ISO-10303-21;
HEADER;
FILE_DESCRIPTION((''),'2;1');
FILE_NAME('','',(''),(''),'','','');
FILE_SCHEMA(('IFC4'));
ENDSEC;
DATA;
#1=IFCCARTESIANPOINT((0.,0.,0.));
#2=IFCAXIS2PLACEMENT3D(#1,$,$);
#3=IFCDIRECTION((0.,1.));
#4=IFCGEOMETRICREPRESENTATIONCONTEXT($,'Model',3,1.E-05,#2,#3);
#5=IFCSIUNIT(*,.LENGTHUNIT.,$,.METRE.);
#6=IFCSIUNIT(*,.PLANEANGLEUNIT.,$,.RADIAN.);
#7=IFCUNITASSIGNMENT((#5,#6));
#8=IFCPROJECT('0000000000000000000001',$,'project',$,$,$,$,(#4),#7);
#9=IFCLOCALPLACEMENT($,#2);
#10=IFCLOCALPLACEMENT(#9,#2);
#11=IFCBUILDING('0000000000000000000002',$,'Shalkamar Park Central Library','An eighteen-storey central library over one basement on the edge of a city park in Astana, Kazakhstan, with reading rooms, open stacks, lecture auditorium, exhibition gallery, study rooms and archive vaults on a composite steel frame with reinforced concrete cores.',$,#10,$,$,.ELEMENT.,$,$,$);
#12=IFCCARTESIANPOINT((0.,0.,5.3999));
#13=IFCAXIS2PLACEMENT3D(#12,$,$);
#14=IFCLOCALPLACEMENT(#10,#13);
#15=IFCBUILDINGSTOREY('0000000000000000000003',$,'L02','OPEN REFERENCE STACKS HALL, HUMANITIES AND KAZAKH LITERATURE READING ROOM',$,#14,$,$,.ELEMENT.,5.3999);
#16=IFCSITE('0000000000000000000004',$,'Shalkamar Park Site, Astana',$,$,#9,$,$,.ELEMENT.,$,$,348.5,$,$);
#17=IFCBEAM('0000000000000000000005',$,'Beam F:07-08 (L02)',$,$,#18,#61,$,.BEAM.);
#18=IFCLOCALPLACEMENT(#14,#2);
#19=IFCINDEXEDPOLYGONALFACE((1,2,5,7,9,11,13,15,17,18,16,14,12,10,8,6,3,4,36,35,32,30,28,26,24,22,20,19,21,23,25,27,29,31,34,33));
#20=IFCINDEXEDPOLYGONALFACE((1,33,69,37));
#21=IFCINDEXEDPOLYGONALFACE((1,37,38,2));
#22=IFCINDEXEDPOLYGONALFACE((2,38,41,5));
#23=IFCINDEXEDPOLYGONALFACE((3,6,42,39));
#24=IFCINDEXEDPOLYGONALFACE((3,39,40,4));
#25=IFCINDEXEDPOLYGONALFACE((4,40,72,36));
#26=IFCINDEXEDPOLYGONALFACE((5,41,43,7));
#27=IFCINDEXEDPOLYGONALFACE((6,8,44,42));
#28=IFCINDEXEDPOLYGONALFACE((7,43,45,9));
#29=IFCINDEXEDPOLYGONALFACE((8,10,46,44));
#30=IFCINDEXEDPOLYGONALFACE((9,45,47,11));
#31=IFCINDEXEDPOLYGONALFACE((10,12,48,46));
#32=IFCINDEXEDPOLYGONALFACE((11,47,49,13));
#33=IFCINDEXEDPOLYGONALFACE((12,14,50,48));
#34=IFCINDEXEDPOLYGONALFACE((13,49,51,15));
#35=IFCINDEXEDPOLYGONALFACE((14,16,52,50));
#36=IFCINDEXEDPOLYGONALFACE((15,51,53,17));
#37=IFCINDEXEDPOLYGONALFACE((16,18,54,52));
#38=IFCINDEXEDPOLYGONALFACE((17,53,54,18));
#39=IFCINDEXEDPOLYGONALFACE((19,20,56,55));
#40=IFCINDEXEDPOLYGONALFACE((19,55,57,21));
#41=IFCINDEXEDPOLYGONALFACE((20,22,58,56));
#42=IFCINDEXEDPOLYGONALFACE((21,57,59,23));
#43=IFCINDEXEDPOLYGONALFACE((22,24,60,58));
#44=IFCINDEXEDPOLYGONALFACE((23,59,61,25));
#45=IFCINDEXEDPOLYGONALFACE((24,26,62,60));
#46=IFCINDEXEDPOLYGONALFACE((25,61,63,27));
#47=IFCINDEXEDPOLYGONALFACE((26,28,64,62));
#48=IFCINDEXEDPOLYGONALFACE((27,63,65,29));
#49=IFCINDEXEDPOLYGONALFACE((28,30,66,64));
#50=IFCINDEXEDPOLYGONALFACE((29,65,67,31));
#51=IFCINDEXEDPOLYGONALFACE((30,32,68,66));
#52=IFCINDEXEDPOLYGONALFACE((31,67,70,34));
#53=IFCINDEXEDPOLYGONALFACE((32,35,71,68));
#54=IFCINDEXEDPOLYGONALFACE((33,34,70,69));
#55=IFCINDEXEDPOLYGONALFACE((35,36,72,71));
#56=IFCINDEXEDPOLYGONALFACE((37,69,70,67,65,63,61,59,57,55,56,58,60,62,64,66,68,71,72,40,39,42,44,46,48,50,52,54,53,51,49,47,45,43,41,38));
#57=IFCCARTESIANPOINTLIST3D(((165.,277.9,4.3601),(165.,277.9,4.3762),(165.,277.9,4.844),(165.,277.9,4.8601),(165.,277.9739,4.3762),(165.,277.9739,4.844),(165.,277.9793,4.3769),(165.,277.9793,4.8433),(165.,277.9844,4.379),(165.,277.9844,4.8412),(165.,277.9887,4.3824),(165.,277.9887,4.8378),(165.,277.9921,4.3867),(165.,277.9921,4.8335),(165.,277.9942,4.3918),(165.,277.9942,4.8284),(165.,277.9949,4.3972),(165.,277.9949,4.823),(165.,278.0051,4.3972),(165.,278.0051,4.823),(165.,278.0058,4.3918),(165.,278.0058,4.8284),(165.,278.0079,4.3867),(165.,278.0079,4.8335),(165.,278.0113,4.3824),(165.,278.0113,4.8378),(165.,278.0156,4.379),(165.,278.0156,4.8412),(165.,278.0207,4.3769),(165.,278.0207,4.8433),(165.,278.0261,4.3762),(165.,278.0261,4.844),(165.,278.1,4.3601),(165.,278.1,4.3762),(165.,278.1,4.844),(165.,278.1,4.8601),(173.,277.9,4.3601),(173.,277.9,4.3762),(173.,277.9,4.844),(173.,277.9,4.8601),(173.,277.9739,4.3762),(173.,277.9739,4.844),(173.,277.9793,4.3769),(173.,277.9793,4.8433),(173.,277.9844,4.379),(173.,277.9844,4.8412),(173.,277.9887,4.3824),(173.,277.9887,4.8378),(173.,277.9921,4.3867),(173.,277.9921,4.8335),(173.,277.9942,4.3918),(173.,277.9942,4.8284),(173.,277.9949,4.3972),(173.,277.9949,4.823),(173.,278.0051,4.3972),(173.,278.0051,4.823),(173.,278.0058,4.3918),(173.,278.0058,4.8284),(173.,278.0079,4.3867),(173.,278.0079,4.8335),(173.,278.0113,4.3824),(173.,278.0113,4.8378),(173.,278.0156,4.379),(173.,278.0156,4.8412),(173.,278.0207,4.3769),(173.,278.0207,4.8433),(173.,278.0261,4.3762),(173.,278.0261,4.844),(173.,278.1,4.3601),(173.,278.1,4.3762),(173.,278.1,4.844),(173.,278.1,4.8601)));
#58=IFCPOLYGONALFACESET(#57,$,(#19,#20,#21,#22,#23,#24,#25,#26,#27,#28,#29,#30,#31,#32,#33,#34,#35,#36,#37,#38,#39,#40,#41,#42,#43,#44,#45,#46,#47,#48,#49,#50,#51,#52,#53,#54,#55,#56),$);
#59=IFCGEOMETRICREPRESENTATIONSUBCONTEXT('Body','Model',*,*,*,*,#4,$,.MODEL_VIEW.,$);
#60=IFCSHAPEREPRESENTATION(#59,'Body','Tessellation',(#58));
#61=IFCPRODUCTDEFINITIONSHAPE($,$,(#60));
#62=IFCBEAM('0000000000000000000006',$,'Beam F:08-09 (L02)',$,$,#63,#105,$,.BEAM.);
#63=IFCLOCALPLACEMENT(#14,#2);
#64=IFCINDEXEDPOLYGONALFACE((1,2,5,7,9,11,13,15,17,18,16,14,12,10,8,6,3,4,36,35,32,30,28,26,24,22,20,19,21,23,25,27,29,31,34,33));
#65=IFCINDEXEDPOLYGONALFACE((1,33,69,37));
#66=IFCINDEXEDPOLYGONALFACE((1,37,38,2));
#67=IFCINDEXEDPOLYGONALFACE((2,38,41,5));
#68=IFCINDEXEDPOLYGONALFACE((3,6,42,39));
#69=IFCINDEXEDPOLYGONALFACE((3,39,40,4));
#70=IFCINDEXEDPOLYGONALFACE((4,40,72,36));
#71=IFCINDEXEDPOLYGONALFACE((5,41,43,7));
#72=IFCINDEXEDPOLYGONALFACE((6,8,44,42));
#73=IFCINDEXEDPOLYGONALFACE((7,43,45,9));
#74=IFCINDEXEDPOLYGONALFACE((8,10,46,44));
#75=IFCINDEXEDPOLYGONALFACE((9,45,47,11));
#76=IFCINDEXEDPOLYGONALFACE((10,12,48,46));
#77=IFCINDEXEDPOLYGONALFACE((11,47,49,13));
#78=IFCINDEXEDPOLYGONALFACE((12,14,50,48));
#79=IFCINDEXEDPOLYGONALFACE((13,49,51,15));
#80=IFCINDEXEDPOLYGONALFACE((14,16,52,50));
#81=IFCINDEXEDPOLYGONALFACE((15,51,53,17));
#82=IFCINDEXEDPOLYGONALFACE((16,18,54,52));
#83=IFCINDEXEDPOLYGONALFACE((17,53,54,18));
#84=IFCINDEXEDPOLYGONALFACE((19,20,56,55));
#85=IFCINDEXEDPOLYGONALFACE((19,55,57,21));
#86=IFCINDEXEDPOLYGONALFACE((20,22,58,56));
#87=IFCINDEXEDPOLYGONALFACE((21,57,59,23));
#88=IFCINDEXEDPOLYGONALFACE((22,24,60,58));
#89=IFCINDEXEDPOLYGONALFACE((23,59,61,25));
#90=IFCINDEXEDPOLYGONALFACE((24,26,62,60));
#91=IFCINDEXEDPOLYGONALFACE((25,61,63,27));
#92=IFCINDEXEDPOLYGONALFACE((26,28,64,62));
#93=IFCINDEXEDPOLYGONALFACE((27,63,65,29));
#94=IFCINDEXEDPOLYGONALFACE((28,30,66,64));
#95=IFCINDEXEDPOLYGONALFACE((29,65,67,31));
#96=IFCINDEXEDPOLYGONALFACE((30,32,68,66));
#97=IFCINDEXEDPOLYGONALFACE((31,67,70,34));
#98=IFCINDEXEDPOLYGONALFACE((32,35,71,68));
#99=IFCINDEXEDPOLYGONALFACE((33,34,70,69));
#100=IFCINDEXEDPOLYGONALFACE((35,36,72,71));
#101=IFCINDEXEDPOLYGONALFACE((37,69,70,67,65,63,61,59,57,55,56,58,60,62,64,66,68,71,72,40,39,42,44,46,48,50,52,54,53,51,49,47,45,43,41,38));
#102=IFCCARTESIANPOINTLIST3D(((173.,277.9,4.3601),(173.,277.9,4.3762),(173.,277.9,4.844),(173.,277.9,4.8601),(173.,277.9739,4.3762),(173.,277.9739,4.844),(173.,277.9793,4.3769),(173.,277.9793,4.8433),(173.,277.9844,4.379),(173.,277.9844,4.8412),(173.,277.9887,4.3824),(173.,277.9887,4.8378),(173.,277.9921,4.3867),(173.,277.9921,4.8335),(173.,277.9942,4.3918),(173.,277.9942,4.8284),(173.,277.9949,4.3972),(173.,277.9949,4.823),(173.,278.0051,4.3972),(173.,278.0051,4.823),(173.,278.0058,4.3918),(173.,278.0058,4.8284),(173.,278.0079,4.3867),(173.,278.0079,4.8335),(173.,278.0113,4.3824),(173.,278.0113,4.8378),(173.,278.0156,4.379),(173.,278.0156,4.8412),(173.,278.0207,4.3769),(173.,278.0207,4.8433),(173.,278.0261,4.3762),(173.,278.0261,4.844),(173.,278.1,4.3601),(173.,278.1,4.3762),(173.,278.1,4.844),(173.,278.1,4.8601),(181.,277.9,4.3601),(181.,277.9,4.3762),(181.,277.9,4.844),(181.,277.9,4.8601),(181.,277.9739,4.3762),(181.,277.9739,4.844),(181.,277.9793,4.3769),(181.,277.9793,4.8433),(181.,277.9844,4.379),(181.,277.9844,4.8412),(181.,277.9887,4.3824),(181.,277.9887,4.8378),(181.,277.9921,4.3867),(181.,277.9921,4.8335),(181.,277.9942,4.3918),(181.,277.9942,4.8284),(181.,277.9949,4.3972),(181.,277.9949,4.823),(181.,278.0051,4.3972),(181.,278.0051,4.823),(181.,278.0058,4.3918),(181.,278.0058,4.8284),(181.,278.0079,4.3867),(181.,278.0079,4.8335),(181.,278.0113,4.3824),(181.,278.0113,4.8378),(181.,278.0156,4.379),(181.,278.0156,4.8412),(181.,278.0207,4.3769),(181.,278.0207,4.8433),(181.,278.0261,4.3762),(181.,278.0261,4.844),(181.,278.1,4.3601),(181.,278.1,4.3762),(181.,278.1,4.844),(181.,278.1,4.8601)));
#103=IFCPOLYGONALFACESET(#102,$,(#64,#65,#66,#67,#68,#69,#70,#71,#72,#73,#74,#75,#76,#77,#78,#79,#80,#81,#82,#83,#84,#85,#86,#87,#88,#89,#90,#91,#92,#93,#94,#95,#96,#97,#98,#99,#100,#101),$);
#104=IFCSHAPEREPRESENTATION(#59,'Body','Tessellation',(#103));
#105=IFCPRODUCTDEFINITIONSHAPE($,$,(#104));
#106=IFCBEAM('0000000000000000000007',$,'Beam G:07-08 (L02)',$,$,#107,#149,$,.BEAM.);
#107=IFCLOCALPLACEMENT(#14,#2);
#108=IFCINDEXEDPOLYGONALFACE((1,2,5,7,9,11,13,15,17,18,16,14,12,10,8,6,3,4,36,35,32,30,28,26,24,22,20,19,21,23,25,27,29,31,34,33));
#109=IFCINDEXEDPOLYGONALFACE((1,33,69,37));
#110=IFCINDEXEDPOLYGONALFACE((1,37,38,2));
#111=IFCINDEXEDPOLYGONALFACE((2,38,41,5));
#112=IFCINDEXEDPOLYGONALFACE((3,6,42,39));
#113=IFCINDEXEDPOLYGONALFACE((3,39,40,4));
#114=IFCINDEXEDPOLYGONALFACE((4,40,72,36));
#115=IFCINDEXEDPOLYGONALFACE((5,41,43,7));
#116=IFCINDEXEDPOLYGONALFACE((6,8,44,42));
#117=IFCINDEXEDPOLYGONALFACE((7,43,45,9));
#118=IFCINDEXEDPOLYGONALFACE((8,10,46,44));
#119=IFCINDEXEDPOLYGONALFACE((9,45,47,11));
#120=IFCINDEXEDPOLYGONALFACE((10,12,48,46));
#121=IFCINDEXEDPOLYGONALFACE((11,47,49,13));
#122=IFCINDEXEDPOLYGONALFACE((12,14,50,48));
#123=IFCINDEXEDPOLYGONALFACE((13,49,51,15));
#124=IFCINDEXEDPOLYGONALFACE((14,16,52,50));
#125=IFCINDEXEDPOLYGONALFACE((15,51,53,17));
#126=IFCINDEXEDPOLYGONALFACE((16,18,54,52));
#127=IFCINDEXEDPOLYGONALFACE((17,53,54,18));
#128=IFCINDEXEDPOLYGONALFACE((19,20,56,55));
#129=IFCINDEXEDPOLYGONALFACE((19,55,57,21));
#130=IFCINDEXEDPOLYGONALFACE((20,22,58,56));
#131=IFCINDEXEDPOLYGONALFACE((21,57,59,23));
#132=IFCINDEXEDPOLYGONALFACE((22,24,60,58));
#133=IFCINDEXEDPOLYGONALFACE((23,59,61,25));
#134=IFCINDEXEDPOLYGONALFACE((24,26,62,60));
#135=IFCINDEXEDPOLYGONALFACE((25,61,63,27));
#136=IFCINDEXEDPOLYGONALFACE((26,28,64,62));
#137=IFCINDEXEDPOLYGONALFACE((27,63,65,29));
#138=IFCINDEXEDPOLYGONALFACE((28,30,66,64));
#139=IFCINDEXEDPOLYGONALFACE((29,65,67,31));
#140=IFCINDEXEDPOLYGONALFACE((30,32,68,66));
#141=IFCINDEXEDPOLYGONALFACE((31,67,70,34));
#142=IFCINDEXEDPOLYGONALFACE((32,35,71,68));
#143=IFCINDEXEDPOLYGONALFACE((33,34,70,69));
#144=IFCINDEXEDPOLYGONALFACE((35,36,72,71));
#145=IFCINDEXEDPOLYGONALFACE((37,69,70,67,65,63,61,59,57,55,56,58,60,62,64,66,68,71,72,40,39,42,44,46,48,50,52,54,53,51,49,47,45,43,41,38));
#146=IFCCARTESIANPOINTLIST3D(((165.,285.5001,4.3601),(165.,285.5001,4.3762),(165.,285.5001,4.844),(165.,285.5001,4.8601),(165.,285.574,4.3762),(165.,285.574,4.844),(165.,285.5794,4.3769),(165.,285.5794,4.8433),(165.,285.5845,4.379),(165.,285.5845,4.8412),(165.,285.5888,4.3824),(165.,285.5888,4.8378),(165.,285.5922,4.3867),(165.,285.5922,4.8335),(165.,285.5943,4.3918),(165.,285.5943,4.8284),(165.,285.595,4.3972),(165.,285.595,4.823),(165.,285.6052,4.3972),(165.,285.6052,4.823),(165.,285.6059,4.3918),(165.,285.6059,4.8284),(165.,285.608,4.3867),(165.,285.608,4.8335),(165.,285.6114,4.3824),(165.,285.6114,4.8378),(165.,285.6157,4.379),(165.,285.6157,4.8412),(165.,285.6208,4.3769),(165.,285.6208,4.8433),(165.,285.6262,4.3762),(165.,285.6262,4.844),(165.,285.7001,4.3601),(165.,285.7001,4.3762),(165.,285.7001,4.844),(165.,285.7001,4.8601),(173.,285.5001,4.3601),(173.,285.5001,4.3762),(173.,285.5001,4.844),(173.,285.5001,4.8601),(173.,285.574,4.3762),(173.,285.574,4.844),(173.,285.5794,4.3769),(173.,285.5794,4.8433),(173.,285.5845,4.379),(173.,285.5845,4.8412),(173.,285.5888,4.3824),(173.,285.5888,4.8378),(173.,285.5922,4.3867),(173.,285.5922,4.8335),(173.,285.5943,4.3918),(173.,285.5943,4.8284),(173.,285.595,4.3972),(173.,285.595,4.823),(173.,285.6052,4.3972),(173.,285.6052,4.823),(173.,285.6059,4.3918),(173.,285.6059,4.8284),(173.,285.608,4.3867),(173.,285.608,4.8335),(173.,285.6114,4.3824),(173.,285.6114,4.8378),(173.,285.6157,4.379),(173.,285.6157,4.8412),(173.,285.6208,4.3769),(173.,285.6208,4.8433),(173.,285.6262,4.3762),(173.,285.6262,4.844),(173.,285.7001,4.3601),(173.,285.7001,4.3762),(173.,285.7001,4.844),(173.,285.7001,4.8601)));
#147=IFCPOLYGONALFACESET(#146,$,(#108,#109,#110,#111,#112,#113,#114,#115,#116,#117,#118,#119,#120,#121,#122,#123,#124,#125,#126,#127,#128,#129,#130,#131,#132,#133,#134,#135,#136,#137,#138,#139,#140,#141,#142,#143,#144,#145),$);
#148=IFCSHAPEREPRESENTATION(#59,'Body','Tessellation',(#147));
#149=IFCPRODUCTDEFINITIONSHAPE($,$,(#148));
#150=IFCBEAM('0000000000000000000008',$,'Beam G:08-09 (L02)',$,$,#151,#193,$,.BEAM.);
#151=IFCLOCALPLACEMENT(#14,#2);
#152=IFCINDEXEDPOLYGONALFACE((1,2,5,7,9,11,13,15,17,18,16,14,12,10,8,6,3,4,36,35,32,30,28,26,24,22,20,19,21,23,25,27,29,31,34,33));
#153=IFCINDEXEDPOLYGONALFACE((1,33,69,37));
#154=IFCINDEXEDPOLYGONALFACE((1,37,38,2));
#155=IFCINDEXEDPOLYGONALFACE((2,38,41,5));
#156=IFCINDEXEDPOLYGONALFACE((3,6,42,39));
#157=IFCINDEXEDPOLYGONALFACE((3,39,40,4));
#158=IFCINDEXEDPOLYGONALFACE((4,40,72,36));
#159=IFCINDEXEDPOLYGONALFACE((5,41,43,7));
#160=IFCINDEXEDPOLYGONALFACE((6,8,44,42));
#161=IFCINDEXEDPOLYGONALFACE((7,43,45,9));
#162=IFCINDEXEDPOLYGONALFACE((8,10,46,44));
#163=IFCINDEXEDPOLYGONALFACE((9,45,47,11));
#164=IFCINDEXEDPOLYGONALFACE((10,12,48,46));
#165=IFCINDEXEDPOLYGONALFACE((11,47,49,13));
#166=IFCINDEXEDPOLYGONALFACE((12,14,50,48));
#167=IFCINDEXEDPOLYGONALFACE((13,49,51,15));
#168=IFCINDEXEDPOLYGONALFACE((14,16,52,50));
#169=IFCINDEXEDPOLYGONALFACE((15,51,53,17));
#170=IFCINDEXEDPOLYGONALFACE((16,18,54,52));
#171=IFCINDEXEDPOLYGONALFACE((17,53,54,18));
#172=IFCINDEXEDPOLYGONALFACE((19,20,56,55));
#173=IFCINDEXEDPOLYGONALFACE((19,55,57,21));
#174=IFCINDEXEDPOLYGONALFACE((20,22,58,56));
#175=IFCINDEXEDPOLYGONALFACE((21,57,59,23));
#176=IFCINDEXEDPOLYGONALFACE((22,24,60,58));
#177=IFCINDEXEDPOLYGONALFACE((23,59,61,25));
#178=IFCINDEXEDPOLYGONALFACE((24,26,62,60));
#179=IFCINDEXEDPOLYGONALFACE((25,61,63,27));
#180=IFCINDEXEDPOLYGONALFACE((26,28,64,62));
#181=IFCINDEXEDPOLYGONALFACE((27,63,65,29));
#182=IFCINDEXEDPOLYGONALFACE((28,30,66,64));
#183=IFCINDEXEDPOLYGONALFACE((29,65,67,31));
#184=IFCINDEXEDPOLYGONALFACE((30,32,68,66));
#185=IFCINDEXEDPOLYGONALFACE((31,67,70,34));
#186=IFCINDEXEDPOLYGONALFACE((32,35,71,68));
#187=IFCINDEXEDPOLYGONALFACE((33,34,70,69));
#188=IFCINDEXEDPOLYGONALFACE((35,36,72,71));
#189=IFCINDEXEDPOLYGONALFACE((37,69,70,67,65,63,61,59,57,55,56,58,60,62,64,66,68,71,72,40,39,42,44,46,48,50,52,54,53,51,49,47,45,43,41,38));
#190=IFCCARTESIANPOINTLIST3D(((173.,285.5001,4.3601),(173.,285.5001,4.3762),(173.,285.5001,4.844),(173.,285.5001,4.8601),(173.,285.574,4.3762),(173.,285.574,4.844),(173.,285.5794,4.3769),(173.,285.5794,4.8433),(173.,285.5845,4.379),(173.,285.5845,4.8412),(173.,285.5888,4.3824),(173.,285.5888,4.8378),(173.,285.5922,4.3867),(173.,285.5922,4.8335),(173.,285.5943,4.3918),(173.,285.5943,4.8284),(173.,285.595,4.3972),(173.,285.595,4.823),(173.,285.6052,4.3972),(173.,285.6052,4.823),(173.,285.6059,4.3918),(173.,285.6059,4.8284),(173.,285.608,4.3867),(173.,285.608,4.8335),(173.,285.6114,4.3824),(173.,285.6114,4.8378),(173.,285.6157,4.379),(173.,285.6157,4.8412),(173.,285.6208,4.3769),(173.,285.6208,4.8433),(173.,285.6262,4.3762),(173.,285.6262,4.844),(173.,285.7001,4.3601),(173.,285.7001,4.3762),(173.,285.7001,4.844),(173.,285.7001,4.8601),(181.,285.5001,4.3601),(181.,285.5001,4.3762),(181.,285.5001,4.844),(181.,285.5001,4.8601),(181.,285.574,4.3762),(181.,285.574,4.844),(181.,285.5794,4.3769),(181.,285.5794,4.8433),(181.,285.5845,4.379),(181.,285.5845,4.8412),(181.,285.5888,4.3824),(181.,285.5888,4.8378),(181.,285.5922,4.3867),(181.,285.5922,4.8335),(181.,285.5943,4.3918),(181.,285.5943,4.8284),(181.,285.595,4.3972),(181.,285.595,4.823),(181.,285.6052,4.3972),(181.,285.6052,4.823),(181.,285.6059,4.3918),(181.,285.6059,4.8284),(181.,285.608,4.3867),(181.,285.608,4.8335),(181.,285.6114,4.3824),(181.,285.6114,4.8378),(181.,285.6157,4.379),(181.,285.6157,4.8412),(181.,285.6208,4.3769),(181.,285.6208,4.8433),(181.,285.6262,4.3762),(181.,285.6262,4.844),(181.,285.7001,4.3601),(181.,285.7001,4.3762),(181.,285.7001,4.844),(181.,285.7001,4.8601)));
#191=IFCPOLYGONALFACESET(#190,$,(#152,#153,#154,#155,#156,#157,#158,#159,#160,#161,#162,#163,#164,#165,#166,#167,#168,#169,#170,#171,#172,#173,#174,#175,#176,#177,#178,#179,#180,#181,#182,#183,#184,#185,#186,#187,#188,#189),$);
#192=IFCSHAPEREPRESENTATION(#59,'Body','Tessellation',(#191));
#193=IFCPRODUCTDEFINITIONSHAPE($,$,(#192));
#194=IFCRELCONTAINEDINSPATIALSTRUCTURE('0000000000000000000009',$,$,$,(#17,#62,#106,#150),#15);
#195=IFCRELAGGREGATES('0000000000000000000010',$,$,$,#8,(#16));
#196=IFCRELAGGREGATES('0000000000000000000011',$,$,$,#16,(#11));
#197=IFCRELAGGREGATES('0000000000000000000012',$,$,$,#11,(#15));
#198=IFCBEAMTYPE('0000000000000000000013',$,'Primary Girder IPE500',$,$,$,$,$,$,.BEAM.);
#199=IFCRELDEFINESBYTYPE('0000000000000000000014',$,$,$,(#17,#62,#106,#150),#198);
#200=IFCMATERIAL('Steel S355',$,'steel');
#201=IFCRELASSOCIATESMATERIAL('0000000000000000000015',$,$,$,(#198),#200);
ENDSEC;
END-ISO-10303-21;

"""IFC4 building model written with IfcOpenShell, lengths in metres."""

from ifc_helpers import new_model, si_unit, direction, frame, origin, origin_2d, place, context, subcontext, project, spatial, i_section, extrude, material, material_profile, profile_set, type_object, element, save


model = new_model("IFC4")

# Units and contexts
model_context = context("Model", 3, precision=1e-05, world=origin(), true_north=direction((0.0, 1.0)))
body_context = subcontext(model_context, "Body", "Model", "MODEL_VIEW")
ifc_project = project(units=[si_unit("LENGTHUNIT", "METRE"), si_unit("PLANEANGLEUNIT", "RADIAN")], contexts=[model_context])

# Site, building, storey
site_placement = place(None, origin())
site = spatial("IfcSite", under=ifc_project, at=site_placement, Name="Shalkamar Park Site, Astana", CompositionType="ELEMENT", RefElevation=348.5)
building_placement = place(site_placement, origin())
building = spatial("IfcBuilding", under=site, at=building_placement, Name="Shalkamar Park Central Library", Description="An eighteen-storey central library over one basement on the edge of a city park in Astana, Kazakhstan, with reading rooms, open stacks, lecture auditorium, exhibition gallery, study rooms and archive vaults on a composite steel frame with reinforced concrete cores.", CompositionType="ELEMENT")
storey_placement = place(building_placement, frame((0.0, 0.0, 5.3999)))
storey = spatial("IfcBuildingStorey", under=building, at=storey_placement, Name="L02", Description="OPEN REFERENCE STACKS HALL, HUMANITIES AND KAZAKH LITERATURE READING ROOM", CompositionType="ELEMENT", Elevation=5.3999)

# Shared definitions
ifc_material = material(Name="Steel S355", Category="steel")

# Beams
ifc_material_profile_1 = material_profile(ifc_material, i_section(OverallWidth=0.2, OverallDepth=0.5, WebThickness=0.0103, FlangeThickness=0.0161, FilletRadius=0.021, at=origin_2d()), Name="IPE 500")
ifc_profile_set_1 = profile_set([ifc_material_profile_1], Name="Steel S355")
beam_type_1 = type_object("IfcBeamType", Name="Primary Girder IPE500", PredefinedType="BEAM", material=ifc_profile_set_1)
for number, where, z_axis, x_axis, name in (
    (1, (165.0, 278.0, 4.6101), (1.0, 0.0, 0.0), (0.0, 1.0, 0.0), "Beam F:07-08 (L02)"),
    (2, (173.0, 278.0, 4.6101), (1.0, 0.0, 0.0), (0.0, 1.0, 0.0), "Beam F:08-09 (L02)"),
    (3, (165.0, 285.6001, 4.6101), (1.0, 0.0, 0.0), (0.0, 1.0, 0.0), "Beam G:07-08 (L02)"),
    (4, (173.0, 285.6001, 4.6101), (1.0, 0.0, 0.0), (0.0, 1.0, 0.0), "Beam G:08-09 (L02)"),
):
    element("IfcBeam", number, at=place(storey_placement, frame(where, z_axis=z_axis, x_axis=x_axis)), inside=storey, type_object=beam_type_1, Name=name, PredefinedType="BEAM", context=body_context, shape_type="SweptSolid", body=[
        extrude(i_section(OverallWidth=0.2, OverallDepth=0.5, WebThickness=0.0103, FlangeThickness=0.0161, FilletRadius=0.021, at=origin_2d()), origin(), (0.0, 0.0, 1.0), 8.0),
    ])

save(model, "model.ifc")
